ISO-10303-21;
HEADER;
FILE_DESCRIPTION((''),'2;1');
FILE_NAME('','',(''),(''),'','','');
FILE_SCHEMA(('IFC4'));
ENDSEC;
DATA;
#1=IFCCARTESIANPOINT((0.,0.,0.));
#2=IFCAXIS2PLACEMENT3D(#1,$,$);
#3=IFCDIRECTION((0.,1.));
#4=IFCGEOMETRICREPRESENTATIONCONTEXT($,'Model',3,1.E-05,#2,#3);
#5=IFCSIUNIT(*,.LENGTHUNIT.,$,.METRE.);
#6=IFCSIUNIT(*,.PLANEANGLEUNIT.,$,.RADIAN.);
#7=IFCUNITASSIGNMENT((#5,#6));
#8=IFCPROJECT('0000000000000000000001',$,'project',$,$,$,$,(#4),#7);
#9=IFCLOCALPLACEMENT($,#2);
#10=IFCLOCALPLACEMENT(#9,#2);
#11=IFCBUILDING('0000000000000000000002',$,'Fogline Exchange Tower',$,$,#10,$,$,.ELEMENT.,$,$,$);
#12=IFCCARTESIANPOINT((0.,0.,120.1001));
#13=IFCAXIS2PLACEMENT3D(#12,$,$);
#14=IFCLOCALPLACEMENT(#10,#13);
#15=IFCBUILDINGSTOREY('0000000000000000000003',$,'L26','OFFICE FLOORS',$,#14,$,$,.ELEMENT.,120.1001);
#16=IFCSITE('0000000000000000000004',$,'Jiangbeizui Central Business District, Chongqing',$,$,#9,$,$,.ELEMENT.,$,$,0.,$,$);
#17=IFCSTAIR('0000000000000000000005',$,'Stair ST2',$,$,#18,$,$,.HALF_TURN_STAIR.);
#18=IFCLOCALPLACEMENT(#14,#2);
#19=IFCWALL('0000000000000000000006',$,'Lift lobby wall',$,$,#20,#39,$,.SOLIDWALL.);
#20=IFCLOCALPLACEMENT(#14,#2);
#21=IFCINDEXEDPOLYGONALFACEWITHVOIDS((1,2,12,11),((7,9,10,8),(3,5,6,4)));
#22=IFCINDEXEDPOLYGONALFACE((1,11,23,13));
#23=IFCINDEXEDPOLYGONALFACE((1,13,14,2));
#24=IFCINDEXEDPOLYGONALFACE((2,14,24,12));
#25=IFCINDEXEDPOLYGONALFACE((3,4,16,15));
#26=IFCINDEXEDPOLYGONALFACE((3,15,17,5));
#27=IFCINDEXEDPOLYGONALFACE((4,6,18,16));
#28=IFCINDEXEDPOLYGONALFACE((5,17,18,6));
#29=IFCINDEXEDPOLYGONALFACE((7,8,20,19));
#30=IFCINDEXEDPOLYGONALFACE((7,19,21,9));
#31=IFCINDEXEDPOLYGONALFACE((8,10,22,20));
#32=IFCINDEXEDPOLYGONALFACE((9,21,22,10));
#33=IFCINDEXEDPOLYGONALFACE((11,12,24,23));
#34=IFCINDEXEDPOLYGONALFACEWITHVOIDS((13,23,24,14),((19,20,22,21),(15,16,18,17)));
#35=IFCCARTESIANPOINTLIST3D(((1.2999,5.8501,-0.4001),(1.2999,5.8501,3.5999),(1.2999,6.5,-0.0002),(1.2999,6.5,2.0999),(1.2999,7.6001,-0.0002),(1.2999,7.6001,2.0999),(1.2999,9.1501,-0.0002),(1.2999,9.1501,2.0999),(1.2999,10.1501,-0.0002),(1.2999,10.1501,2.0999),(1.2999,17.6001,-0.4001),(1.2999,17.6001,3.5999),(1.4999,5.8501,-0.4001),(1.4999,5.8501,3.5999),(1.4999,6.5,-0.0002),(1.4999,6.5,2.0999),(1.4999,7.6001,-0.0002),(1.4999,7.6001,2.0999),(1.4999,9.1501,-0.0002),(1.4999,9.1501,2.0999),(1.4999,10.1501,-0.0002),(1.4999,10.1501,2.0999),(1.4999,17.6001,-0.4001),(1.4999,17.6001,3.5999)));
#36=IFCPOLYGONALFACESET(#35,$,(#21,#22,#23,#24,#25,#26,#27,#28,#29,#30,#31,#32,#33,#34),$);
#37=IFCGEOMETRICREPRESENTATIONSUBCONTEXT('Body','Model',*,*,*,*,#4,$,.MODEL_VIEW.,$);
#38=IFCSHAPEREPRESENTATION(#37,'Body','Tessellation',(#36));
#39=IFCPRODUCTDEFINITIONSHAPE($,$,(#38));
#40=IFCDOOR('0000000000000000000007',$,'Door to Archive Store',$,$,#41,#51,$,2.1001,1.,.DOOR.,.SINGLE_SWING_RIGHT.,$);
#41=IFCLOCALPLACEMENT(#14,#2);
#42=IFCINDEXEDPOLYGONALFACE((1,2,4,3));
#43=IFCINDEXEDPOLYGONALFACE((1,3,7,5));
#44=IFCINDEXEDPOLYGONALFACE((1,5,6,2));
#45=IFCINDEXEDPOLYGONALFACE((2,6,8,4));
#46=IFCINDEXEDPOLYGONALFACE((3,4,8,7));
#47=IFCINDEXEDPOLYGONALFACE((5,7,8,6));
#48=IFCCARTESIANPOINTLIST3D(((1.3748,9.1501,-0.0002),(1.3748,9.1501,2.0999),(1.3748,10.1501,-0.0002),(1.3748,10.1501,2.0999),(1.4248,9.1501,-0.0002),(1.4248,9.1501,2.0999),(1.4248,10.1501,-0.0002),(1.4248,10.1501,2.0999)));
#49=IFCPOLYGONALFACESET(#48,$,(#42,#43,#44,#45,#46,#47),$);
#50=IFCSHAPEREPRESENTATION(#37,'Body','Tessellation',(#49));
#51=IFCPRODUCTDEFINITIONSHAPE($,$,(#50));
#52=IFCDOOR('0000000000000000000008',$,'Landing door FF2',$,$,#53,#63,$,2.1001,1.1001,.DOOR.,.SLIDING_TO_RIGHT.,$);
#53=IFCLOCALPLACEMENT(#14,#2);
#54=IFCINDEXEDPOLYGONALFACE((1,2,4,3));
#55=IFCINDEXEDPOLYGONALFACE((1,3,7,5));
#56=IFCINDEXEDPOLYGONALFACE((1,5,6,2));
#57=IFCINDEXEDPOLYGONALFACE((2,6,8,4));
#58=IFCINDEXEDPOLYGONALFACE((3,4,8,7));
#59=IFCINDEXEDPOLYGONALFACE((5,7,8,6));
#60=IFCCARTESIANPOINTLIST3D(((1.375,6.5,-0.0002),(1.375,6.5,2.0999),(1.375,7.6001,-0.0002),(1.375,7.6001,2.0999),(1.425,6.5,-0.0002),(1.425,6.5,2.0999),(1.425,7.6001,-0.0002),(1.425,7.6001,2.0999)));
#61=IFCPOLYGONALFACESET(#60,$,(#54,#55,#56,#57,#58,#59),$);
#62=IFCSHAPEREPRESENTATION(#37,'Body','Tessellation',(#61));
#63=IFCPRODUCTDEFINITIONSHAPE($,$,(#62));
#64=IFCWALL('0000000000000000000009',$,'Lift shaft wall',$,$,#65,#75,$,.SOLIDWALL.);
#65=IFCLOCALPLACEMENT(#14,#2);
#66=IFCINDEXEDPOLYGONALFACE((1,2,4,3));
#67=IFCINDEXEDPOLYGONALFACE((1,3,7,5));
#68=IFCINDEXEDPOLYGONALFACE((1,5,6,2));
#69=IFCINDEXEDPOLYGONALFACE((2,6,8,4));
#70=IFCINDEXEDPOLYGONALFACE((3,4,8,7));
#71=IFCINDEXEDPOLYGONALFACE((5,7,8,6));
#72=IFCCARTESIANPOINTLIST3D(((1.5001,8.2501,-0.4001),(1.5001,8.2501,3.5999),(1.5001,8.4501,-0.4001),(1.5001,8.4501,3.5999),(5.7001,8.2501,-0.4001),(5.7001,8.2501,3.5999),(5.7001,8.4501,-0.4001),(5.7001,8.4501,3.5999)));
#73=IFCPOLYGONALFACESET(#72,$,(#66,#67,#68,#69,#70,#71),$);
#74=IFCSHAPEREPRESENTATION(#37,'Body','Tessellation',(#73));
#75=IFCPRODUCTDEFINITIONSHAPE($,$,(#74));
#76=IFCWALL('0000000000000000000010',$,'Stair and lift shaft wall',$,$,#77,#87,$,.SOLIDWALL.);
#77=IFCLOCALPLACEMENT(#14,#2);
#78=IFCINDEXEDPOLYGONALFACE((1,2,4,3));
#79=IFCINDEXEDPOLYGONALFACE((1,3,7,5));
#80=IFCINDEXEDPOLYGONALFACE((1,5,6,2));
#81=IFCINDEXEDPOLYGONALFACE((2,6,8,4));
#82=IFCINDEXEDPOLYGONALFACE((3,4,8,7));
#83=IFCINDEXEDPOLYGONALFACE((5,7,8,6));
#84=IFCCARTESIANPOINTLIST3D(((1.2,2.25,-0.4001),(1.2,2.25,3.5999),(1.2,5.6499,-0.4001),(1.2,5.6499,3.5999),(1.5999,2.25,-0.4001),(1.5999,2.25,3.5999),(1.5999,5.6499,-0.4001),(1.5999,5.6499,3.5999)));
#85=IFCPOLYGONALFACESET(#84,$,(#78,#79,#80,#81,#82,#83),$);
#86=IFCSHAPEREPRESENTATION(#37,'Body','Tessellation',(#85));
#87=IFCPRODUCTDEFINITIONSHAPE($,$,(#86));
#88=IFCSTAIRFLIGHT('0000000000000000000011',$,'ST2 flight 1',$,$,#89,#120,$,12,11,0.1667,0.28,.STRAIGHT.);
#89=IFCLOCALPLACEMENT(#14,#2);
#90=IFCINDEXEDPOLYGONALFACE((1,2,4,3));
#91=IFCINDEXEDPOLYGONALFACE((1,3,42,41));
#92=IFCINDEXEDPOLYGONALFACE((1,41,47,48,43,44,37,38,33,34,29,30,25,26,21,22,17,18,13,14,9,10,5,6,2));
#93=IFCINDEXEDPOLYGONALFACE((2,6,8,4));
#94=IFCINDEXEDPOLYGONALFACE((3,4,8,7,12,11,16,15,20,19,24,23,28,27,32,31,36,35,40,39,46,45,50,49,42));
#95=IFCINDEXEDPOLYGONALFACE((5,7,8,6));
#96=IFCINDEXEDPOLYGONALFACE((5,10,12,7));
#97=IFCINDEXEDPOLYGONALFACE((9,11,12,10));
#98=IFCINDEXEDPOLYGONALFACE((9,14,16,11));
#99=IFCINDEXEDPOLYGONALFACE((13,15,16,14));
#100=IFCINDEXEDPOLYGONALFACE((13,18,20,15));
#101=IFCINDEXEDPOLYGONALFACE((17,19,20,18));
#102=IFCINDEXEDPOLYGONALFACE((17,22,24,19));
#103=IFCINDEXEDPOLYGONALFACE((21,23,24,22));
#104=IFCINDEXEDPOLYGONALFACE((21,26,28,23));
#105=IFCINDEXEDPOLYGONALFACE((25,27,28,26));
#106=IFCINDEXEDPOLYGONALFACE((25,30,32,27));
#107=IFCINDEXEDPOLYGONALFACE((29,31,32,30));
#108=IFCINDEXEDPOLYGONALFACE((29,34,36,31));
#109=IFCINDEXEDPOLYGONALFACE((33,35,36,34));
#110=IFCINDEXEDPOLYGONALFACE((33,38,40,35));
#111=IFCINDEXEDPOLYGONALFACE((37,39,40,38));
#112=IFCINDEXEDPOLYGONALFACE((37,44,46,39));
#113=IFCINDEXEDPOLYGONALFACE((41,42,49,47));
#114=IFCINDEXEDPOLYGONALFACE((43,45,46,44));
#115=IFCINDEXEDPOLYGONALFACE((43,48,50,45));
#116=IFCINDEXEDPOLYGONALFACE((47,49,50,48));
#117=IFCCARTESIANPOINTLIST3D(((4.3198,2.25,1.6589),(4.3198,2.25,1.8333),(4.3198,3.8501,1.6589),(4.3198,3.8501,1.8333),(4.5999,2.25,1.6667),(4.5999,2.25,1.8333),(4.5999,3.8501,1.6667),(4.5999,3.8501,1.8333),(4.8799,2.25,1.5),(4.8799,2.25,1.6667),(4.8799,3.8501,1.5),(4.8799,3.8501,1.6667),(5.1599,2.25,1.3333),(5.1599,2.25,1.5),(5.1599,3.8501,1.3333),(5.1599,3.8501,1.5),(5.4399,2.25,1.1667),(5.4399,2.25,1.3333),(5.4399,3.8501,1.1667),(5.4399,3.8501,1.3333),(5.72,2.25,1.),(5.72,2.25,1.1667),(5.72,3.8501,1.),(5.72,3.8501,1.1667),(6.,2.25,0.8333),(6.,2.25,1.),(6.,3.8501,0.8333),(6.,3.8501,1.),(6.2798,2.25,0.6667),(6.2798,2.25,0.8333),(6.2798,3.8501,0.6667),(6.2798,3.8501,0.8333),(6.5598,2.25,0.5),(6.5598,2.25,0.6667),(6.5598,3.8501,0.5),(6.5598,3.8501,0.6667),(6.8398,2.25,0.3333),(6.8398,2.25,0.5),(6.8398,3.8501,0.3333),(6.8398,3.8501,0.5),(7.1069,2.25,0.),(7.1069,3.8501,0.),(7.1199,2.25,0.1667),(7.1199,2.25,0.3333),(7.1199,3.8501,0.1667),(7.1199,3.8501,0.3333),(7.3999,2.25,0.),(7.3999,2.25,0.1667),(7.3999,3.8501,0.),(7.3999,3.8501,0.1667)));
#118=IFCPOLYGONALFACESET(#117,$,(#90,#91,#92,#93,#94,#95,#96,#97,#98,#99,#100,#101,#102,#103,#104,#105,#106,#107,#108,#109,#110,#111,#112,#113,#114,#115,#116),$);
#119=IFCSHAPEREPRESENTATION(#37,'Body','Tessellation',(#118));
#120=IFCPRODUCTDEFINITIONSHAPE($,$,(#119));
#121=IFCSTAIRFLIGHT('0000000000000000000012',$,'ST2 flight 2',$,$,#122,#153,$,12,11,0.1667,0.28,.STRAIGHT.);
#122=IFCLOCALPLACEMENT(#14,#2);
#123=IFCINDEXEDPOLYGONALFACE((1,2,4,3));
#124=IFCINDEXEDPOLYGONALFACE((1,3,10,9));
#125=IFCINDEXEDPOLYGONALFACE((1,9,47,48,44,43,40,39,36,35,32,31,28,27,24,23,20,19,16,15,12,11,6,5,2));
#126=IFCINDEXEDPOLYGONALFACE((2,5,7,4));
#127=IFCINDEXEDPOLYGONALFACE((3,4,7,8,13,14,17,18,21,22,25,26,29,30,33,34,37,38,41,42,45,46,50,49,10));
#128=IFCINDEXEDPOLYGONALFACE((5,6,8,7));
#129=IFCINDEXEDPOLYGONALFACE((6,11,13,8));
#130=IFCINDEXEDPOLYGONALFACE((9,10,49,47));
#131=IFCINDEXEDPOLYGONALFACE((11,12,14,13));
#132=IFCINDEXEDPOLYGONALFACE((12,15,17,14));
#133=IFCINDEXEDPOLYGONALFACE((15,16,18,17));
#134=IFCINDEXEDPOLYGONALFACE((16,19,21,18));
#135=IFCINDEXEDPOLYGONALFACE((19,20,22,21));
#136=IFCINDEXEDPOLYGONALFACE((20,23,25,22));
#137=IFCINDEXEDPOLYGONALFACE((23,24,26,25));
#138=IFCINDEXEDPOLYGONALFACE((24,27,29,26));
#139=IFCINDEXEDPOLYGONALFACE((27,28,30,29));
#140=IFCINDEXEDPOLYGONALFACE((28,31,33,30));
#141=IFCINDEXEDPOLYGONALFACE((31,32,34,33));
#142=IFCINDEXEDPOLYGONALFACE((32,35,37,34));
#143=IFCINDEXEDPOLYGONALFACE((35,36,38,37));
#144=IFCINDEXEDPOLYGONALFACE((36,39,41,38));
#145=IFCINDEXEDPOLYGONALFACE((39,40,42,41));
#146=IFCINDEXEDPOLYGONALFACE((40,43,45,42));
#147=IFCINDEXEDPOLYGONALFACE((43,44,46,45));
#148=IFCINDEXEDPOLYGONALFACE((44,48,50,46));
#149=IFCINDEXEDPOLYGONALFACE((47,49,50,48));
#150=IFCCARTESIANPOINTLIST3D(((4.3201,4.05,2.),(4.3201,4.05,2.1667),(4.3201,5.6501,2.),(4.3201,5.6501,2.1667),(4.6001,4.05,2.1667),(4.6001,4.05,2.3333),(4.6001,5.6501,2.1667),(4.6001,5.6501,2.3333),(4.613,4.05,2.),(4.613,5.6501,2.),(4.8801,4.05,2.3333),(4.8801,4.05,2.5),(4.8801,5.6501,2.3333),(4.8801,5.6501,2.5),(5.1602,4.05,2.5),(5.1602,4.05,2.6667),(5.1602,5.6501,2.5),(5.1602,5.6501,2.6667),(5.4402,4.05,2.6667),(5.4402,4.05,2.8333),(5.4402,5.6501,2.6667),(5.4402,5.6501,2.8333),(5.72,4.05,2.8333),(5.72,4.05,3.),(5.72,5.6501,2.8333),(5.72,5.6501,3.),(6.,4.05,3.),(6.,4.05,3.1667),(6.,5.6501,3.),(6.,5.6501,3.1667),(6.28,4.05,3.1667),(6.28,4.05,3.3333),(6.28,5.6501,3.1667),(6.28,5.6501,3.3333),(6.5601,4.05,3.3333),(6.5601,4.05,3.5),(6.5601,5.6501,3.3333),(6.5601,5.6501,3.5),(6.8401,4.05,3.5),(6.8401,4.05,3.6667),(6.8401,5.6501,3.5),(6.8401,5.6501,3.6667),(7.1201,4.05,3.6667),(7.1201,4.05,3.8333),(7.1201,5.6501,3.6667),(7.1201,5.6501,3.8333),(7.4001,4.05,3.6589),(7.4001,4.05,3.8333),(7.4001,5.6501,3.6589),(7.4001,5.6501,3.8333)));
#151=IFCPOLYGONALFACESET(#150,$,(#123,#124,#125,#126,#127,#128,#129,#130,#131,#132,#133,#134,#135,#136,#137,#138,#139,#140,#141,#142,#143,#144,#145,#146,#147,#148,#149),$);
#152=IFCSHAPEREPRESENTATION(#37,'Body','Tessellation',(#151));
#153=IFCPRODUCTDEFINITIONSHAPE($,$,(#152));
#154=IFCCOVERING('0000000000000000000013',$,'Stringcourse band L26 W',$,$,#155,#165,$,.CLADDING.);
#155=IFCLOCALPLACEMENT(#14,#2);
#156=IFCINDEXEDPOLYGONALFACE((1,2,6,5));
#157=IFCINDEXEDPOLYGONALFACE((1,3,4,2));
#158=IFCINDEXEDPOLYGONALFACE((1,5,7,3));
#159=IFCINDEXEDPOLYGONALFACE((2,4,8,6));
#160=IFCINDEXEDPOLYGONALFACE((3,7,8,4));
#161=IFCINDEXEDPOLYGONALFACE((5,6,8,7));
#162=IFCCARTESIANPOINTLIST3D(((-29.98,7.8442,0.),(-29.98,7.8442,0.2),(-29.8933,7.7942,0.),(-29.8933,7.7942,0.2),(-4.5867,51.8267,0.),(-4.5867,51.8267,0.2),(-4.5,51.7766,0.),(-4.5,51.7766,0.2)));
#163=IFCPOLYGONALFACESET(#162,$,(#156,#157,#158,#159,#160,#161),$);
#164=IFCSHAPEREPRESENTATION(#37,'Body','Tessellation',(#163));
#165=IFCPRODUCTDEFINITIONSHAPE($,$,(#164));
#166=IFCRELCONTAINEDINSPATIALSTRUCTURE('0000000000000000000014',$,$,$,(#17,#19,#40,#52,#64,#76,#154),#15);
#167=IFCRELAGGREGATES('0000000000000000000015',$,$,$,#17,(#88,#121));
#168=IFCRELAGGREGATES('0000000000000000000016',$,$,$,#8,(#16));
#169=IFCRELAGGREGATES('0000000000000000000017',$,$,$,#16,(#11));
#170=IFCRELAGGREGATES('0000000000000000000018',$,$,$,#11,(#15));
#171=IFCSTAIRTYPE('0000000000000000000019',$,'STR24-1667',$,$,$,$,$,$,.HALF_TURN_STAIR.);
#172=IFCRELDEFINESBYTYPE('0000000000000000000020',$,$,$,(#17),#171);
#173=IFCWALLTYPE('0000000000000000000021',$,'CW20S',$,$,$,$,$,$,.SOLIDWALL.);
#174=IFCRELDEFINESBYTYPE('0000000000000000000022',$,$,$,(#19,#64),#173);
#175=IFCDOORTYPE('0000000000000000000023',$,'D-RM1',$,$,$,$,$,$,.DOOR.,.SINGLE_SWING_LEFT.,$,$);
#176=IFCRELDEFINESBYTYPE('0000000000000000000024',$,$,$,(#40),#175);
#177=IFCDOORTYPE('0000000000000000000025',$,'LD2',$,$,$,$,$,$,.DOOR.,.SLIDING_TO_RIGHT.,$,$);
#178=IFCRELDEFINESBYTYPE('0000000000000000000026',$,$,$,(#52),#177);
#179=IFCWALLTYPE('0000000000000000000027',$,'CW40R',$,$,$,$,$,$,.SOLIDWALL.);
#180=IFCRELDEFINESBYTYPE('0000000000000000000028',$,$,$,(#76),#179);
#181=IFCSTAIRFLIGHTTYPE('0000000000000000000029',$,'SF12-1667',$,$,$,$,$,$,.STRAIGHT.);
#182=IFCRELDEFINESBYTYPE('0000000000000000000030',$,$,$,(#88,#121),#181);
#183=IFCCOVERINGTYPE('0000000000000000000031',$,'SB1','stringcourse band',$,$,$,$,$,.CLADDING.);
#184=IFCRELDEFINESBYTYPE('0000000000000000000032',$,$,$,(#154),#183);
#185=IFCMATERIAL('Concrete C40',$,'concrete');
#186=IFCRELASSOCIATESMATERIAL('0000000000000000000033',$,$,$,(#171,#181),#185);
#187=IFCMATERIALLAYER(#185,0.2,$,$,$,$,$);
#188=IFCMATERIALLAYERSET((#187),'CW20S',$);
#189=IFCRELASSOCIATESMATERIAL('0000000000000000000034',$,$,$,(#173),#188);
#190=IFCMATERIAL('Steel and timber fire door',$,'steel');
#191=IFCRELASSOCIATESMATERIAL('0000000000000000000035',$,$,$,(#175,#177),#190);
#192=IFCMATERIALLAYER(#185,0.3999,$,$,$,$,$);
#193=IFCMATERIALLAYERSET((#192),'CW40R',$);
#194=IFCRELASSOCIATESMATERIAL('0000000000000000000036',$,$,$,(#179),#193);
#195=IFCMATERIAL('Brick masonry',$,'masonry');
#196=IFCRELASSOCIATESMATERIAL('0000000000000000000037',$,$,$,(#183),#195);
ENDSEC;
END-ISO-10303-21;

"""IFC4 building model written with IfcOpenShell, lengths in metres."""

from ifc_helpers import new_model, si_unit, direction, frame, frame_2d, origin, place, context, subcontext, project, spatial, polyline, rectangle, outline, extrude, material, layer, layer_set, type_object, element, fill, aggregate, save


model = new_model("IFC4")

# Units and contexts
model_context = context("Model", 3, precision=1e-05, world=origin(), true_north=direction((0.0, 1.0)))
body_context = subcontext(model_context, "Body", "Model", "MODEL_VIEW")
ifc_project = project(units=[si_unit("LENGTHUNIT", "METRE"), si_unit("PLANEANGLEUNIT", "RADIAN")], contexts=[model_context])

# Site, building, storey
site_placement = place(None, origin())
site = spatial("IfcSite", under=ifc_project, at=site_placement, Name="Jiangbeizui Central Business District, Chongqing", CompositionType="ELEMENT", RefElevation=0.0)
building_placement = place(site_placement, origin())
building = spatial("IfcBuilding", under=site, at=building_placement, Name="Fogline Exchange Tower", CompositionType="ELEMENT")
storey_placement = place(building_placement, frame((0.0, 0.0, 120.1001)))
storey = spatial("IfcBuildingStorey", under=building, at=storey_placement, Name="L26", Description="OFFICE FLOORS", CompositionType="ELEMENT", Elevation=120.1001)

# Shared definitions
ifc_material_1 = material(Name="Concrete C40", Category="concrete")

# Stair
stair_type = type_object("IfcStairType", Name="STR24-1667", PredefinedType="HALF_TURN_STAIR", material=ifc_material_1)
stair_1_placement = place(storey_placement, origin())
stair_1 = element("IfcStair", 1, at=stair_1_placement, inside=storey, type_object=stair_type, Name="Stair ST2", PredefinedType="HALF_TURN_STAIR")

# Shared definitions
ifc_material_2 = material(Name="Steel and timber fire door", Category="steel")

# Shared definitions
ifc_layer_1 = layer(ifc_material_1, 0.2)
ifc_layer_set_1 = layer_set([ifc_layer_1], Name="CW20S")
wall_type_1 = type_object("IfcWallType", Name="CW20S", PredefinedType="SOLIDWALL", material=ifc_layer_set_1)
door_type_1 = type_object("IfcDoorType", Name="D-RM1", OperationType="SINGLE_SWING_LEFT", PredefinedType="DOOR", material=ifc_material_2)

# Wall, openings, doors
wall_1_placement = place(storey_placement, frame((1.3999, 5.8501, -0.4001), z_axis=(0.0, 0.0, 1.0), x_axis=(0.0, 1.0, 0.0)))
wall_1 = element("IfcWall", 2, at=wall_1_placement, inside=storey, type_object=wall_type_1, Name="Lift lobby wall", PredefinedType="SOLIDWALL", context=body_context, shape_type="SweptSolid", body=[
    extrude(rectangle(XDim=11.75, YDim=0.2, at=frame_2d((5.875, 0.0))), origin(), (0.0, 0.0, 1.0), 4.0),
])
opening_1_placement = place(wall_1_placement, frame((0.6499, 0.0, 0.3999)))
opening_1 = element("IfcOpeningElement", 3, at=opening_1_placement, cuts=wall_1, PredefinedType="OPENING", context=body_context, shape_type="SweptSolid", body=[
    extrude(rectangle(XDim=1.1001, YDim=2.1001, at=frame_2d((0.55, 1.05))), frame((0.0, 0.1099, 0.0), z_axis=(0.0, -1.0, 0.0), x_axis=(1.0, 0.0, 0.0)), (0.0, 0.0, 1.0), 0.22),
])
opening_2_placement = place(wall_1_placement, frame((3.3, 0.0, 0.3999)))
opening_2 = element("IfcOpeningElement", 4, at=opening_2_placement, cuts=wall_1, PredefinedType="OPENING", context=body_context, shape_type="SweptSolid", body=[
    extrude(rectangle(XDim=1.0, YDim=2.1001, at=frame_2d((0.5, 1.05))), frame((0.0, 0.1099, 0.0), z_axis=(0.0, -1.0, 0.0), x_axis=(1.0, 0.0, 0.0)), (0.0, 0.0, 1.0), 0.22),
])
door_1_placement = place(opening_2_placement, frame((1.0, 0.0, 0.0), z_axis=(0.0, 0.0, 1.0), x_axis=(-1.0, 0.0, 0.0)))
door_1 = element("IfcDoor", 5, at=door_1_placement, inside=storey, type_object=door_type_1, Name="Door to Archive Store", OperationType="SINGLE_SWING_RIGHT", OverallHeight=2.1001, OverallWidth=1.0, PredefinedType="DOOR", context=body_context, shape_type="SweptSolid", body=[
    extrude(rectangle(XDim=1.0, YDim=2.1001, at=frame_2d((0.5, 1.05))), frame((0.0, 0.0249, 0.0), z_axis=(0.0, -1.0, 0.0), x_axis=(1.0, 0.0, 0.0)), (0.0, 0.0, 1.0), 0.05),
])
fill(opening_2, door_1)
door_type_2 = type_object("IfcDoorType", Name="LD2", OperationType="SLIDING_TO_RIGHT", PredefinedType="DOOR", material=ifc_material_2)
door_2_placement = place(opening_1_placement, origin())
door_2 = element("IfcDoor", 6, at=door_2_placement, inside=storey, type_object=door_type_2, Name="Landing door FF2", OperationType="SLIDING_TO_RIGHT", OverallHeight=2.1001, OverallWidth=1.1001, PredefinedType="DOOR", context=body_context, shape_type="SweptSolid", body=[
    extrude(rectangle(XDim=1.1001, YDim=2.1001, at=frame_2d((0.55, 1.05))), frame((0.0, 0.0249, 0.0), z_axis=(0.0, -1.0, 0.0), x_axis=(1.0, 0.0, 0.0)), (0.0, 0.0, 1.0), 0.05),
])
fill(opening_1, door_2)

# Walls
wall_2_placement = place(storey_placement, frame((1.5, 8.3501, -0.4001), z_axis=(0.0, 0.0, 1.0), x_axis=(1.0, 0.0, 0.0)))
element("IfcWall", 7, at=wall_2_placement, inside=storey, type_object=wall_type_1, Name="Lift shaft wall", PredefinedType="SOLIDWALL", context=body_context, shape_type="SweptSolid", body=[
    extrude(rectangle(XDim=4.2, YDim=0.2, at=frame_2d((2.1001, 0.0))), origin(), (0.0, 0.0, 1.0), 4.0),
])
ifc_layer_2 = layer(ifc_material_1, 0.3999)
ifc_layer_set_2 = layer_set([ifc_layer_2], Name="CW40R")
wall_type_2 = type_object("IfcWallType", Name="CW40R", PredefinedType="SOLIDWALL", material=ifc_layer_set_2)
wall_3_placement = place(storey_placement, frame((1.3999, 2.25, -0.4001), z_axis=(0.0, 0.0, 1.0), x_axis=(0.0, 1.0, 0.0)))
element("IfcWall", 8, at=wall_3_placement, inside=storey, type_object=wall_type_2, Name="Stair and lift shaft wall", PredefinedType="SOLIDWALL", context=body_context, shape_type="SweptSolid", body=[
    extrude(rectangle(XDim=3.3999, YDim=0.3999, at=frame_2d((1.7, 0.0))), origin(), (0.0, 0.0, 1.0), 4.0),
])

# Stair flights
stair_flight_type = type_object("IfcStairFlightType", Name="SF12-1667", PredefinedType="STRAIGHT", material=ifc_material_1)
stair_flight_1_placement = place(storey_placement, frame((7.3999, 3.05, 0.0), z_axis=(0.0, 0.0, 1.0), x_axis=(-1.0, 0.0, 0.0)))
stair_flight_1 = element("IfcStairFlight", 9, at=stair_flight_1_placement, type_object=stair_flight_type, Name="ST2 flight 1", NumberOfRisers=12, NumberOfTreads=11, PredefinedType="STRAIGHT", RiserHeight=0.1667, TreadLength=0.28, context=body_context, shape_type="SweptSolid", body=[
    extrude(outline(polyline([(0.0, 0.0), (0.0, 0.1667), (0.28, 0.1667), (0.28, 0.3333), (0.5601, 0.3333), (0.5601, 0.5), (0.8401, 0.5), (0.8401, 0.6667), (1.1201, 0.6667), (1.1201, 0.8333), (1.3999, 0.8333), (1.3999, 1.0), (1.6799, 1.0), (1.6799, 1.1667), (1.96, 1.1667), (1.96, 1.3333), (2.24, 1.3333), (2.24, 1.5), (2.52, 1.5), (2.52, 1.6667), (2.8, 1.6667), (2.8, 1.8333), (3.0801, 1.8333), (3.0801, 2.0), (3.0801, 1.6589), (0.293, 0.0), (0.0, 0.0)])), frame((0.0, 0.8, 0.0), z_axis=(0.0, -1.0, 0.0), x_axis=(1.0, 0.0, 0.0)), (0.0, 0.0, 1.0), 1.6001),
])
stair_flight_2_placement = place(storey_placement, frame((4.3201, 4.8501, 2.0), z_axis=(0.0, 0.0, 1.0), x_axis=(1.0, 0.0, 0.0)))
stair_flight_2 = element("IfcStairFlight", 10, at=stair_flight_2_placement, type_object=stair_flight_type, Name="ST2 flight 2", NumberOfRisers=12, NumberOfTreads=11, PredefinedType="STRAIGHT", RiserHeight=0.1667, TreadLength=0.28, context=body_context, shape_type="SweptSolid", body=[
    extrude(outline(polyline([(0.0, 0.0), (0.0, 0.1667), (0.28, 0.1667), (0.28, 0.3333), (0.5601, 0.3333), (0.5601, 0.5), (0.8401, 0.5), (0.8401, 0.6667), (1.1201, 0.6667), (1.1201, 0.8333), (1.3999, 0.8333), (1.3999, 1.0), (1.6799, 1.0), (1.6799, 1.1667), (1.96, 1.1667), (1.96, 1.3333), (2.24, 1.3333), (2.24, 1.5), (2.52, 1.5), (2.52, 1.6667), (2.8, 1.6667), (2.8, 1.8333), (3.0801, 1.8333), (3.0801, 2.0), (3.0801, 1.6589), (0.293, 0.0), (0.0, 0.0)])), frame((0.0, 0.8, 0.0), z_axis=(0.0, -1.0, 0.0), x_axis=(1.0, 0.0, 0.0)), (0.0, 0.0, 1.0), 1.6001),
])
aggregate(stair_1, [stair_flight_1, stair_flight_2])

# Covering
ifc_material_3 = material(Name="Brick masonry", Category="masonry")
covering_type = type_object("IfcCoveringType", Name="SB1", Description="stringcourse band", PredefinedType="CLADDING", material=ifc_material_3)
covering_placement = place(storey_placement, origin())
element("IfcCovering", 11, at=covering_placement, inside=storey, type_object=covering_type, Name="Stringcourse band L26 W", PredefinedType="CLADDING", context=body_context, shape_type="SweptSolid", body=[
    extrude(outline(polyline([(-4.5, 51.7766), (-4.5867, 51.8267), (-29.98, 7.8442), (-29.8933, 7.7942), (-4.5, 51.7766)])), origin(), (0.0, 0.0, 1.0), 0.2),
])

save(model, "model.ifc")
